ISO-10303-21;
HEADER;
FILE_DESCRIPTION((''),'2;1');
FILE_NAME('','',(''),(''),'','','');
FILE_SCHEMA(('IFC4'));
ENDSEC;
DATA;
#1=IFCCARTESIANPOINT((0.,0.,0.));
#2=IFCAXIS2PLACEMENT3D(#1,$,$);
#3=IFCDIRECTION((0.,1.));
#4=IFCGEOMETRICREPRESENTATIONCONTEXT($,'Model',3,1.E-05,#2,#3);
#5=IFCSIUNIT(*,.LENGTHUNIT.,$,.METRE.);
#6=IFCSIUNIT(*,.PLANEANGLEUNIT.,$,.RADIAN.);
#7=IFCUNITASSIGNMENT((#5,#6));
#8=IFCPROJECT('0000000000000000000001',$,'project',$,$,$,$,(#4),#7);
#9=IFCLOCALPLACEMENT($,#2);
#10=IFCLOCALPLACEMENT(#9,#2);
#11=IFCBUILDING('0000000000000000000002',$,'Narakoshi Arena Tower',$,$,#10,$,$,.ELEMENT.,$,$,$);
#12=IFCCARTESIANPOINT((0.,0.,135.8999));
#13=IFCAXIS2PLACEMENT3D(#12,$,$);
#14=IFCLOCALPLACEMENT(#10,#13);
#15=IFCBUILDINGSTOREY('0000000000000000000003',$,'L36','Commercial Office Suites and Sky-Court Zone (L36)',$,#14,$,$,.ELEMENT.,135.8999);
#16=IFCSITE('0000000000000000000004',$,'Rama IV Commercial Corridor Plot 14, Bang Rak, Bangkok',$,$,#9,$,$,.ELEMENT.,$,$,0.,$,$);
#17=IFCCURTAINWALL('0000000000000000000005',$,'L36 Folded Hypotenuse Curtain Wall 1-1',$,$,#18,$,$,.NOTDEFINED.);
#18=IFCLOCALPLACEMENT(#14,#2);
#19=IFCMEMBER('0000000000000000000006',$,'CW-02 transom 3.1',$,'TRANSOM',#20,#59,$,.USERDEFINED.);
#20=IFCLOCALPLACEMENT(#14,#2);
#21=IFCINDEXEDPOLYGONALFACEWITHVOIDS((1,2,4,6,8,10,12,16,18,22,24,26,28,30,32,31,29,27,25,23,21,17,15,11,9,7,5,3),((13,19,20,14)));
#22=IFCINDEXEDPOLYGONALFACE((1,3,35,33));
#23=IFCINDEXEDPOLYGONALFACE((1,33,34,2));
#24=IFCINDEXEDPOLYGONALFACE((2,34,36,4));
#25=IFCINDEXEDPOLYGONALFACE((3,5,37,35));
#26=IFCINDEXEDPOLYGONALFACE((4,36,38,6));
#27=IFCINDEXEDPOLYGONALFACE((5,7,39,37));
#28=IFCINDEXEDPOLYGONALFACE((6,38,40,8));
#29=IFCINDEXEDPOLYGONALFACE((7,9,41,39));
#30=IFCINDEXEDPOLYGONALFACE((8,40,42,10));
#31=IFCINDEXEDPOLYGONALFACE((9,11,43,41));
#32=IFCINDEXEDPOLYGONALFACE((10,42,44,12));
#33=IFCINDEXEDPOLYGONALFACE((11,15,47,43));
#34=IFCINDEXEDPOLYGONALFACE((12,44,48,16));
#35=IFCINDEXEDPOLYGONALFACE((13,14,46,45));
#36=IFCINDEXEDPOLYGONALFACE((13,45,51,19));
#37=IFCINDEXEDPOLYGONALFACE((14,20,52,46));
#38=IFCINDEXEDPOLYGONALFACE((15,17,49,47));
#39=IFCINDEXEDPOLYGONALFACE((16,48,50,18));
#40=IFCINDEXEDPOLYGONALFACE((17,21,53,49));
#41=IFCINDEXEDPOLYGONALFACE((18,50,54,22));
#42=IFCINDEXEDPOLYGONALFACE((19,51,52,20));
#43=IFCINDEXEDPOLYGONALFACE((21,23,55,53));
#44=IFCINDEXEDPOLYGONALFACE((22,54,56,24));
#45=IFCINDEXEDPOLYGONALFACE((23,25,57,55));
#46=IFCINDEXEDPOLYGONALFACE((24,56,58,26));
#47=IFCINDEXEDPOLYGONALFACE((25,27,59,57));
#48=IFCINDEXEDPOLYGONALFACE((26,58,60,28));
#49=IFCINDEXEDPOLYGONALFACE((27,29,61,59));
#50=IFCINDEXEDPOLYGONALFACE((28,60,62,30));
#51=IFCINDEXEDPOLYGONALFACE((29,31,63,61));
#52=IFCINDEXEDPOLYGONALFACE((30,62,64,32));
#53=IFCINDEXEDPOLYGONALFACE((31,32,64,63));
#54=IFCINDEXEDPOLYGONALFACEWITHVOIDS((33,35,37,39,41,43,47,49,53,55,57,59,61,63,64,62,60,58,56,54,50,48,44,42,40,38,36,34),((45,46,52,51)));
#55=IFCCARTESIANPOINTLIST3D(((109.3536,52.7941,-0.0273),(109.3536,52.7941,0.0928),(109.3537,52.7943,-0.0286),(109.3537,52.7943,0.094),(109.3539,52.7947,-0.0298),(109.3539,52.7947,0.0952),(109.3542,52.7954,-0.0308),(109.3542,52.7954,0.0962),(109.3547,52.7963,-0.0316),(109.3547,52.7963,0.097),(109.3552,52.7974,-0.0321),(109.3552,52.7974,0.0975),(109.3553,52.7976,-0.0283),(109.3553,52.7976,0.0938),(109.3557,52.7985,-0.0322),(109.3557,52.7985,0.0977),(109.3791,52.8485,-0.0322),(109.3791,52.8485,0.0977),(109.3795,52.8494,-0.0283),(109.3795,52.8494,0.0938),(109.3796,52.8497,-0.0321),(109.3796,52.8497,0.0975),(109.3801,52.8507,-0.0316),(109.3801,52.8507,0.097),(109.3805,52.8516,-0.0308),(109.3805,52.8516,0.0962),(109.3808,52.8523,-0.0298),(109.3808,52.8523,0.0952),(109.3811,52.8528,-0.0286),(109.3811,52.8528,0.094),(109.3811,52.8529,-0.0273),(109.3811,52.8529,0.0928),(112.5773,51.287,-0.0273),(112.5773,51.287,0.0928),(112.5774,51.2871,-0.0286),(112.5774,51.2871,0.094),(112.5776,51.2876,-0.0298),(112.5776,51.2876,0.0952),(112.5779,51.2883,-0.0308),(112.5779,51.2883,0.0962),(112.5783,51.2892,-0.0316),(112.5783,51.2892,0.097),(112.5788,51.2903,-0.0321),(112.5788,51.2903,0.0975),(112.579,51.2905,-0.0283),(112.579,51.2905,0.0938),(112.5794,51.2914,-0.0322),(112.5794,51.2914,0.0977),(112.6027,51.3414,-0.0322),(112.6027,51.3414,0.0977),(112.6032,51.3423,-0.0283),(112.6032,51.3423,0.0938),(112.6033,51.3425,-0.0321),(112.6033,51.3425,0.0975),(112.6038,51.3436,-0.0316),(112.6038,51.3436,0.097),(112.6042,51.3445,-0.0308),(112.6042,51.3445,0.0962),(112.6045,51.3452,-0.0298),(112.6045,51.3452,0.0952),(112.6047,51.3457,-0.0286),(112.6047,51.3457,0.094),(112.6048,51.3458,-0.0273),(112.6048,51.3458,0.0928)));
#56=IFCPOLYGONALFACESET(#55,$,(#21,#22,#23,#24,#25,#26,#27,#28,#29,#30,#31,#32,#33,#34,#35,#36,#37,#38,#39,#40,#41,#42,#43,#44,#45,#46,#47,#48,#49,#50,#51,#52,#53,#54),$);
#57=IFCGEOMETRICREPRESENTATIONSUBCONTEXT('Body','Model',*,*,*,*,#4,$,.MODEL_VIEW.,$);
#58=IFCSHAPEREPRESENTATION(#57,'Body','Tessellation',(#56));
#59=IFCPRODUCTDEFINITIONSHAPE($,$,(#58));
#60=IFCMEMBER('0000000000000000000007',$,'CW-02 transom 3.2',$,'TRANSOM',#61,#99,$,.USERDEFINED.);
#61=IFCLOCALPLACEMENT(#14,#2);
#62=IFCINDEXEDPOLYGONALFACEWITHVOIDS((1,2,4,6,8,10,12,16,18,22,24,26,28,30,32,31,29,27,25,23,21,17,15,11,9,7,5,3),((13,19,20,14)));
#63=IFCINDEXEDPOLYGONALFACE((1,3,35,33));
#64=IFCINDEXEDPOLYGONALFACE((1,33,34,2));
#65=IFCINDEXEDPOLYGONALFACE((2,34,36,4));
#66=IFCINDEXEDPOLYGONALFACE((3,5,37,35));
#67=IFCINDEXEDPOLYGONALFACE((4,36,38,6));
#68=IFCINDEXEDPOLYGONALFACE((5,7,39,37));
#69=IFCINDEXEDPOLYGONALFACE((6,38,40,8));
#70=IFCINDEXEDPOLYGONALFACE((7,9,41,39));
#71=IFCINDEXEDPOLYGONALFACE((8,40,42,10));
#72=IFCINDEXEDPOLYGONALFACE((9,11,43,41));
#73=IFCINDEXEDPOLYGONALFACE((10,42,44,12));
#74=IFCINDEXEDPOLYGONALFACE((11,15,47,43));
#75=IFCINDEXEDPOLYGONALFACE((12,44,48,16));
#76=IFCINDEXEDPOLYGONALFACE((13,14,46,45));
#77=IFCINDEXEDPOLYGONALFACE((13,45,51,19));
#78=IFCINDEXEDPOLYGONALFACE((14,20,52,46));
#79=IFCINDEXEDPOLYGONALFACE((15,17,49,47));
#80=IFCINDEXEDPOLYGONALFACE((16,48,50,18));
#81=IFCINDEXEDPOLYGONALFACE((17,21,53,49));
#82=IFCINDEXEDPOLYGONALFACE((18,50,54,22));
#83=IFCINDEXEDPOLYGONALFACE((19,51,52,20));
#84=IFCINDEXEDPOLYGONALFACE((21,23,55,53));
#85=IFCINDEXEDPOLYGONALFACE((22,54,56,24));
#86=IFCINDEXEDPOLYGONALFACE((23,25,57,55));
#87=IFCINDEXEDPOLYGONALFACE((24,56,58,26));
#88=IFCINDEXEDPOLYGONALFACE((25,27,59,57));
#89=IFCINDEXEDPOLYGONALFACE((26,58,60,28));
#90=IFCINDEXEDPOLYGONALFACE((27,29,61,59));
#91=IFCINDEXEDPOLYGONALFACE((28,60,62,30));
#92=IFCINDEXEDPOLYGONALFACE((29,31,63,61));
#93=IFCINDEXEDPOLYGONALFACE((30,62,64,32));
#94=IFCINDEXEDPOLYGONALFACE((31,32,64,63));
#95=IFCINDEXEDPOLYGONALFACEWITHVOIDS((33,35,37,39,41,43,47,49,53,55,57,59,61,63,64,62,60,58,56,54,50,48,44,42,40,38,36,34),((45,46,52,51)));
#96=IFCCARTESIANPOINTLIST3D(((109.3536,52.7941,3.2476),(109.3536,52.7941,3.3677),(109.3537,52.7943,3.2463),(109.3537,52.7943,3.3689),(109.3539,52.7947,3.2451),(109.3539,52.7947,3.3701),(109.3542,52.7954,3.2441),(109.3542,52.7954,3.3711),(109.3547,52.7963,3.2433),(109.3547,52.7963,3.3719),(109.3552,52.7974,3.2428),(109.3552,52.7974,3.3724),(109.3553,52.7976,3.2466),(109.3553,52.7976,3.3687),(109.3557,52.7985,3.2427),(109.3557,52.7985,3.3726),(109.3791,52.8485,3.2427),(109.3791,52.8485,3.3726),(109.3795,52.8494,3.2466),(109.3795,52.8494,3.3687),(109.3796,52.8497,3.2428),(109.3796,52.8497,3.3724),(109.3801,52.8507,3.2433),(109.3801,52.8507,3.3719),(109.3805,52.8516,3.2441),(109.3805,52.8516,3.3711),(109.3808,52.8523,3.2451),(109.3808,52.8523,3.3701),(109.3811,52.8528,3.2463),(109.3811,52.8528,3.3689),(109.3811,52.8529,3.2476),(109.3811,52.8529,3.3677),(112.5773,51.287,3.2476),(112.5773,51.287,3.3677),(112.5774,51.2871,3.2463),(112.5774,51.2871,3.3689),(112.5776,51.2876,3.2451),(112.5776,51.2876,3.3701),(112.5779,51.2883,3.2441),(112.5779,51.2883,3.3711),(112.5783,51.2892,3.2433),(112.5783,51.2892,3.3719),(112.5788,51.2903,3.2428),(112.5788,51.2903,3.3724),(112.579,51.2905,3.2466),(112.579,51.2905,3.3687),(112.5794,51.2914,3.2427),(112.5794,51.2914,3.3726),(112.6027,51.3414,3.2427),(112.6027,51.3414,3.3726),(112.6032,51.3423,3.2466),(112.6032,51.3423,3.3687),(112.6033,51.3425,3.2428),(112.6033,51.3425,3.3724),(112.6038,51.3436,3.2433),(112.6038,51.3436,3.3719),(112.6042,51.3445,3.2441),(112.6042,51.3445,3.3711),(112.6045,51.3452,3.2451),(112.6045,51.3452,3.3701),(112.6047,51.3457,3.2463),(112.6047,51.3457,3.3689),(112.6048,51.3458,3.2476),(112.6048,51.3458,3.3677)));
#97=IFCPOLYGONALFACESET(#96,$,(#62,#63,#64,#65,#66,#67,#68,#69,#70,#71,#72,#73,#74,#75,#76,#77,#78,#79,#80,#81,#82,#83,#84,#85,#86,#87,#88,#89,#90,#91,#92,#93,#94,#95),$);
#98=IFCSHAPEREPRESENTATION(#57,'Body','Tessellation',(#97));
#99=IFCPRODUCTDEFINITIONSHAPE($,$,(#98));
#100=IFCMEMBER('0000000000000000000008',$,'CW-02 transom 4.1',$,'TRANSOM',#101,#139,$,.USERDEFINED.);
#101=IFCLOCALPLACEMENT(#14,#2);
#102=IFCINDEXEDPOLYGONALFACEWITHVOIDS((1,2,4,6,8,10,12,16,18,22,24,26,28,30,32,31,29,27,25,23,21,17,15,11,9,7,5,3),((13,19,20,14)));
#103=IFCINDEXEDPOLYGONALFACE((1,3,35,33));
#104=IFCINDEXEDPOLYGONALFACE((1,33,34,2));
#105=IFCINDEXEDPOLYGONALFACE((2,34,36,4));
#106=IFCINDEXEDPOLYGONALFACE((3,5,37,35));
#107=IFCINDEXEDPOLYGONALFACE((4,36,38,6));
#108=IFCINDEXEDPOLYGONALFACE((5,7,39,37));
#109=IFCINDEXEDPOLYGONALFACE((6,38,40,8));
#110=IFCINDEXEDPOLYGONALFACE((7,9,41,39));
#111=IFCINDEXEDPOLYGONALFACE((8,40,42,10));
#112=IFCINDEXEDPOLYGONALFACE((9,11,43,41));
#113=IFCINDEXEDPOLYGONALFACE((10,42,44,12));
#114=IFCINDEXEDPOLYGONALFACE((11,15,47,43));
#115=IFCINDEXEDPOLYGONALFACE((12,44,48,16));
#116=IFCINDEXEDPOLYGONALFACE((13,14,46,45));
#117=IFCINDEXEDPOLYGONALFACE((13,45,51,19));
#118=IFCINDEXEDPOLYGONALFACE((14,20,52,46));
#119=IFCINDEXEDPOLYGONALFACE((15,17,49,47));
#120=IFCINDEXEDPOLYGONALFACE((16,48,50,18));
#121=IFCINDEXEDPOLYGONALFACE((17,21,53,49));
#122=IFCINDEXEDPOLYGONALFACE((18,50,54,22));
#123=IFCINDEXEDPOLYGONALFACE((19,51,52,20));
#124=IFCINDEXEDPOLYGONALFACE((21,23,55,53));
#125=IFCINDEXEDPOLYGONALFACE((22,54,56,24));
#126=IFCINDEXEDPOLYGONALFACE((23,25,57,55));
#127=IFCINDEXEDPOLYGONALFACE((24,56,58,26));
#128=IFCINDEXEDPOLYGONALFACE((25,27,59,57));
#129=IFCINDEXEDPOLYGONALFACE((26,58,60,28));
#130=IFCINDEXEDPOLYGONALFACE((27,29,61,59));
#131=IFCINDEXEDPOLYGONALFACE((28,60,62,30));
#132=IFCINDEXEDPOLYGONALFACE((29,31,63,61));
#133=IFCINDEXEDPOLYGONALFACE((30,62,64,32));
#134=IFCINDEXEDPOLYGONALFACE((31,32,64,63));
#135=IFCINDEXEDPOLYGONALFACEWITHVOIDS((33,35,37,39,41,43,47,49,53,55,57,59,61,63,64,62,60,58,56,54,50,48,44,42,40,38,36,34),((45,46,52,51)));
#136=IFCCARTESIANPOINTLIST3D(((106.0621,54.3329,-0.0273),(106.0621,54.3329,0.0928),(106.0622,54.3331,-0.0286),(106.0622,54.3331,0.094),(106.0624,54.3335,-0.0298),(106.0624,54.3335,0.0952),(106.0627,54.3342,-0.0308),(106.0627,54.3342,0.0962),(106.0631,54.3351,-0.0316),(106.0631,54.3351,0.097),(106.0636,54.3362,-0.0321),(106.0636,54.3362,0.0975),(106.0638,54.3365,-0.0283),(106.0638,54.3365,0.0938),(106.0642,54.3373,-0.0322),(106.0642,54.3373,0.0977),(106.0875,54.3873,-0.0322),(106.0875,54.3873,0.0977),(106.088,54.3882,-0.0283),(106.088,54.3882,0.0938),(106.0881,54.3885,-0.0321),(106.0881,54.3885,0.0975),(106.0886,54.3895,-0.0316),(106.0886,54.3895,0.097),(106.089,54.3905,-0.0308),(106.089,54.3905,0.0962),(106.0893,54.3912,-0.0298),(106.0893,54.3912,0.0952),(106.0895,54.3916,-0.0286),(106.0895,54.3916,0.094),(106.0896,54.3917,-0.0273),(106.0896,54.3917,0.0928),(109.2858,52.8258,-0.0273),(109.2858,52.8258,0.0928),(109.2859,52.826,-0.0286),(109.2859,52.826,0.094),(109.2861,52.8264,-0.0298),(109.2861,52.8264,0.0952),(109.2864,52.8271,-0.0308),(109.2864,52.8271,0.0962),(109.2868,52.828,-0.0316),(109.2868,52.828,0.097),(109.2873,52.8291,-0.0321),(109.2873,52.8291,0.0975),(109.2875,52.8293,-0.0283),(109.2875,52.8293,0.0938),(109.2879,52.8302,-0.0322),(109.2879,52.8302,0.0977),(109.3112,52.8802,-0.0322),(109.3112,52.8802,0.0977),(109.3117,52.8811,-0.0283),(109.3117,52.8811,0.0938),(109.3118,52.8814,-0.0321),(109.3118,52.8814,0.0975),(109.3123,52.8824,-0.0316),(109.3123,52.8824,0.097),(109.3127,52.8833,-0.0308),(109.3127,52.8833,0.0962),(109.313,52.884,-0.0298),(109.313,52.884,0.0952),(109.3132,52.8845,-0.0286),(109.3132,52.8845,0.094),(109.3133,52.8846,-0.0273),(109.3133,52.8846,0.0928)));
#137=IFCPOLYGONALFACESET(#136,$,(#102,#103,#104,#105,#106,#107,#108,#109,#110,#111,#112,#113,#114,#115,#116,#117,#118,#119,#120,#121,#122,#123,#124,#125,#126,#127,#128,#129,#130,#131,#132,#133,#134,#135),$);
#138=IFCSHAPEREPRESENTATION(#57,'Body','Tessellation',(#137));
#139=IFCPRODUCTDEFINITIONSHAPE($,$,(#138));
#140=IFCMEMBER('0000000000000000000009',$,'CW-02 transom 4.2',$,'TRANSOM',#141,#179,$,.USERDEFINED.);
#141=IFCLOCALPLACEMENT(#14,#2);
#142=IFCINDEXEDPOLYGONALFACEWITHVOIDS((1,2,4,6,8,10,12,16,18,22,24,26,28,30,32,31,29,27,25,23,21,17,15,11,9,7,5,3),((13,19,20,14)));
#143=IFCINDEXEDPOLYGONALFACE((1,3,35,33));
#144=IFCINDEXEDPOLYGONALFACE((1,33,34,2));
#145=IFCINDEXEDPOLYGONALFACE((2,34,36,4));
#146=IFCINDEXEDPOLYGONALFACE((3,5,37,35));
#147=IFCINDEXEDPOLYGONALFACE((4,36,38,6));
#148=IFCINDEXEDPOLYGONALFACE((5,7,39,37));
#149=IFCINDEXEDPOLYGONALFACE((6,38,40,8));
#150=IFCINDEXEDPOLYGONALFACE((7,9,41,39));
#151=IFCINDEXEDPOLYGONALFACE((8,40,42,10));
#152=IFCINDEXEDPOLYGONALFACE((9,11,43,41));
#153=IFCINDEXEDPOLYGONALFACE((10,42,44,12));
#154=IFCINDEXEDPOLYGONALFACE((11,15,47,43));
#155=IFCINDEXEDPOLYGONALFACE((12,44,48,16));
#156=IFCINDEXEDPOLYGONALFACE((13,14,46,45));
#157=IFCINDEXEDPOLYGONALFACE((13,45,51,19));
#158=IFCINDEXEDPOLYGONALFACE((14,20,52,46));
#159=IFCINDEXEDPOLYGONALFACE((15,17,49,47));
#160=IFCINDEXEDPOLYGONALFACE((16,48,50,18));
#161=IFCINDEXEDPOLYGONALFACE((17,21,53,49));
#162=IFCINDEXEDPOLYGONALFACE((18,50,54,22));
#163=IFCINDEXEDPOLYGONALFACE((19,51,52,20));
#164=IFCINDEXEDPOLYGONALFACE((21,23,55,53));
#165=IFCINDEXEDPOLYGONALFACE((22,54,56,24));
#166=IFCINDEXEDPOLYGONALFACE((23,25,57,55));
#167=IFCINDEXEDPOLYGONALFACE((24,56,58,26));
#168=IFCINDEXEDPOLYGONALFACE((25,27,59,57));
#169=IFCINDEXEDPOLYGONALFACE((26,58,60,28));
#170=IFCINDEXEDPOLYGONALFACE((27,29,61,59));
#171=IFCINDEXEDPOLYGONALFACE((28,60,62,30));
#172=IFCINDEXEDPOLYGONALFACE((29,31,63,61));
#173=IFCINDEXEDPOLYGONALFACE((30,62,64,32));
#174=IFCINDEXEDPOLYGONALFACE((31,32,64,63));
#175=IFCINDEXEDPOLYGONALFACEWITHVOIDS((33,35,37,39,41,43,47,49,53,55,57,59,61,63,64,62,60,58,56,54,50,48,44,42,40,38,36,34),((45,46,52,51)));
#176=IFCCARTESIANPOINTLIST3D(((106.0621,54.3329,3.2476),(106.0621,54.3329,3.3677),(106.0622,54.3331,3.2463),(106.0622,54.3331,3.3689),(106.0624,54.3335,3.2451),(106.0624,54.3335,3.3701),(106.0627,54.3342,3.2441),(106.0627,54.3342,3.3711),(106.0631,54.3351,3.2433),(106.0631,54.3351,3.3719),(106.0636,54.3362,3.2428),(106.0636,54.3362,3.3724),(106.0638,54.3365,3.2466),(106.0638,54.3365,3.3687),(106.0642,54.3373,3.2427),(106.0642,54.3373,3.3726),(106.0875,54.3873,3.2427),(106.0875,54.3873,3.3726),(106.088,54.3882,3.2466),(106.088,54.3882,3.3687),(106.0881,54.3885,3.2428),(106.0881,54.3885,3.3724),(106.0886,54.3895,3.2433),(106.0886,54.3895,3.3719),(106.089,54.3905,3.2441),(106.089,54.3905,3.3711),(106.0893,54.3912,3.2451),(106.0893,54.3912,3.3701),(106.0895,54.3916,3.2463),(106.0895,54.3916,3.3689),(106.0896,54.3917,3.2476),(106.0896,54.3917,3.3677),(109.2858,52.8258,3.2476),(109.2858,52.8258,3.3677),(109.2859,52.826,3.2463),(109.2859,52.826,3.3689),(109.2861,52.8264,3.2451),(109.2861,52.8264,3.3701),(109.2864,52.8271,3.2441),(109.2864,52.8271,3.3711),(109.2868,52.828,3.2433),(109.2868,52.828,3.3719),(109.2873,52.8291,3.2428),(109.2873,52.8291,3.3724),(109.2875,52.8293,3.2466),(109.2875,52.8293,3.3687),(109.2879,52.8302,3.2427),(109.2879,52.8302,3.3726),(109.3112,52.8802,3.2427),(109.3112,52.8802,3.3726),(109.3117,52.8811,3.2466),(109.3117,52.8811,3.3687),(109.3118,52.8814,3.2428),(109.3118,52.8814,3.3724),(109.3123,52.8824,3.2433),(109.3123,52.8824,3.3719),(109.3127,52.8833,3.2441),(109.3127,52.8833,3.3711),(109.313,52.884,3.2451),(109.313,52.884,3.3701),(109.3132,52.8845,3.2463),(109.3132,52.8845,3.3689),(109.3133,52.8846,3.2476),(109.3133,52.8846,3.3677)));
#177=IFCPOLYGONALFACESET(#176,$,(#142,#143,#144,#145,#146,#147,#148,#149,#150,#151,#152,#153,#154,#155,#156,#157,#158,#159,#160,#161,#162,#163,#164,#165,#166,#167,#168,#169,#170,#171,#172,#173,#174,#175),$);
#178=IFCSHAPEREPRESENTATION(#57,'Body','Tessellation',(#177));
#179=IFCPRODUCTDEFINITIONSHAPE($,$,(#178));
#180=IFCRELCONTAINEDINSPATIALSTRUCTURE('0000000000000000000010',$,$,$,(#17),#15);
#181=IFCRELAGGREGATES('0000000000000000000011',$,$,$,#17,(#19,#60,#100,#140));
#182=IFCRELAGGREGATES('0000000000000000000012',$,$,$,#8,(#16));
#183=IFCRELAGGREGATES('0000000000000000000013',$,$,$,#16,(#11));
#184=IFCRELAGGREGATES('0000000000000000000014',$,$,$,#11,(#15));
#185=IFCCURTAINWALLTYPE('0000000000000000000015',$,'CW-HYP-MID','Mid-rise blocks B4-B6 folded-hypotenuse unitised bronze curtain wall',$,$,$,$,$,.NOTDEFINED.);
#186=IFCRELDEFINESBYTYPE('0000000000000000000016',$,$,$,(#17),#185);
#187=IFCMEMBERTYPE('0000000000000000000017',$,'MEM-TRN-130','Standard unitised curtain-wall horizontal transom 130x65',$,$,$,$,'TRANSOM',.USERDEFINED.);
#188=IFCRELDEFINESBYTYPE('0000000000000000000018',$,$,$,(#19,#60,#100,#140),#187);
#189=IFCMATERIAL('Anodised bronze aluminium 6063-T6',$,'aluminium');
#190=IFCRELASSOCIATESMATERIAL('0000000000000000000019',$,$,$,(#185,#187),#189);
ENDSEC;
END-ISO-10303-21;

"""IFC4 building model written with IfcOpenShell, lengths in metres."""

from ifc_helpers import new_model, si_unit, direction, frame, origin, origin_2d, place, context, subcontext, project, spatial, hollow_rectangle, extrude, material, material_profile, profile_set, type_object, element, aggregate, save


model = new_model("IFC4")

# Units and contexts
model_context = context("Model", 3, precision=1e-05, world=origin(), true_north=direction((0.0, 1.0)))
body_context = subcontext(model_context, "Body", "Model", "MODEL_VIEW")
ifc_project = project(units=[si_unit("LENGTHUNIT", "METRE"), si_unit("PLANEANGLEUNIT", "RADIAN")], contexts=[model_context])

# Site, building, storey
site_placement = place(None, origin())
site = spatial("IfcSite", under=ifc_project, at=site_placement, Name="Rama IV Commercial Corridor Plot 14, Bang Rak, Bangkok", CompositionType="ELEMENT", RefElevation=0.0)
building_placement = place(site_placement, origin())
building = spatial("IfcBuilding", under=site, at=building_placement, Name="Narakoshi Arena Tower", CompositionType="ELEMENT")
storey_placement = place(building_placement, frame((0.0, 0.0, 135.8999)))
storey = spatial("IfcBuildingStorey", under=building, at=storey_placement, Name="L36", Description="Commercial Office Suites and Sky-Court Zone (L36)", CompositionType="ELEMENT", Elevation=135.8999)

# Curtain wall, members
ifc_material_1 = material(Name="Anodised bronze aluminium 6063-T6", Category="aluminium")
curtain_wall_type = type_object("IfcCurtainWallType", Name="CW-HYP-MID", Description="Mid-rise blocks B4-B6 folded-hypotenuse unitised bronze curtain wall", PredefinedType="NOTDEFINED", material=ifc_material_1)
curtain_wall_placement = place(storey_placement, origin())
curtain_wall = element("IfcCurtainWall", 1, at=curtain_wall_placement, inside=storey, type_object=curtain_wall_type, Name="L36 Folded Hypotenuse Curtain Wall 1-1", PredefinedType="NOTDEFINED")
ifc_material_profile_1 = material_profile(ifc_material_1, hollow_rectangle(XDim=0.0649, YDim=0.1299, WallThickness=0.0039, OuterFilletRadius=0.0049, at=origin_2d()), Name="TRN130x65x4")
ifc_profile_set_1 = profile_set([ifc_material_profile_1], Name="Anodised bronze aluminium 6063-T6")
member_type_1 = type_object("IfcMemberType", Name="MEM-TRN-130", Description="Standard unitised curtain-wall horizontal transom 130x65", ElementType="TRANSOM", PredefinedType="USERDEFINED", material=ifc_profile_set_1)
member_1_placement = place(storey_placement, frame((112.5911, 51.3164, 0.0327), z_axis=(-0.90589, 0.423513, 0.0), x_axis=(-0.423513, -0.90589, 0.0)))
member_1 = element("IfcMember", 2, at=member_1_placement, type_object=member_type_1, Name="CW-02 transom 3.1", ObjectType="TRANSOM", PredefinedType="USERDEFINED", context=body_context, shape_type="SweptSolid", body=[
    extrude(hollow_rectangle(XDim=0.0649, YDim=0.1299, WallThickness=0.0039, OuterFilletRadius=0.0049, at=origin_2d()), origin(), (0.0, 0.0, 1.0), 3.5586),
])
member_2_placement = place(storey_placement, frame((112.5911, 51.3164, 3.3076), z_axis=(-0.90589, 0.423513, 0.0), x_axis=(-0.423513, -0.90589, 0.0)))
member_2 = element("IfcMember", 3, at=member_2_placement, type_object=member_type_1, Name="CW-02 transom 3.2", ObjectType="TRANSOM", PredefinedType="USERDEFINED", context=body_context, shape_type="SweptSolid", body=[
    extrude(hollow_rectangle(XDim=0.0649, YDim=0.1299, WallThickness=0.0039, OuterFilletRadius=0.0049, at=origin_2d()), origin(), (0.0, 0.0, 1.0), 3.5586),
])
member_3_placement = place(storey_placement, frame((109.2996, 52.8552, 0.0327), z_axis=(-0.90589, 0.423513, 0.0), x_axis=(-0.423513, -0.90589, 0.0)))
member_3 = element("IfcMember", 4, at=member_3_placement, type_object=member_type_1, Name="CW-02 transom 4.1", ObjectType="TRANSOM", PredefinedType="USERDEFINED", context=body_context, shape_type="SweptSolid", body=[
    extrude(hollow_rectangle(XDim=0.0649, YDim=0.1299, WallThickness=0.0039, OuterFilletRadius=0.0049, at=origin_2d()), origin(), (0.0, 0.0, 1.0), 3.5586),
])
member_4_placement = place(storey_placement, frame((109.2996, 52.8552, 3.3076), z_axis=(-0.90589, 0.423513, 0.0), x_axis=(-0.423513, -0.90589, 0.0)))
member_4 = element("IfcMember", 5, at=member_4_placement, type_object=member_type_1, Name="CW-02 transom 4.2", ObjectType="TRANSOM", PredefinedType="USERDEFINED", context=body_context, shape_type="SweptSolid", body=[
    extrude(hollow_rectangle(XDim=0.0649, YDim=0.1299, WallThickness=0.0039, OuterFilletRadius=0.0049, at=origin_2d()), origin(), (0.0, 0.0, 1.0), 3.5586),
])
aggregate(curtain_wall, [member_1, member_2, member_3, member_4])

save(model, "model.ifc")
